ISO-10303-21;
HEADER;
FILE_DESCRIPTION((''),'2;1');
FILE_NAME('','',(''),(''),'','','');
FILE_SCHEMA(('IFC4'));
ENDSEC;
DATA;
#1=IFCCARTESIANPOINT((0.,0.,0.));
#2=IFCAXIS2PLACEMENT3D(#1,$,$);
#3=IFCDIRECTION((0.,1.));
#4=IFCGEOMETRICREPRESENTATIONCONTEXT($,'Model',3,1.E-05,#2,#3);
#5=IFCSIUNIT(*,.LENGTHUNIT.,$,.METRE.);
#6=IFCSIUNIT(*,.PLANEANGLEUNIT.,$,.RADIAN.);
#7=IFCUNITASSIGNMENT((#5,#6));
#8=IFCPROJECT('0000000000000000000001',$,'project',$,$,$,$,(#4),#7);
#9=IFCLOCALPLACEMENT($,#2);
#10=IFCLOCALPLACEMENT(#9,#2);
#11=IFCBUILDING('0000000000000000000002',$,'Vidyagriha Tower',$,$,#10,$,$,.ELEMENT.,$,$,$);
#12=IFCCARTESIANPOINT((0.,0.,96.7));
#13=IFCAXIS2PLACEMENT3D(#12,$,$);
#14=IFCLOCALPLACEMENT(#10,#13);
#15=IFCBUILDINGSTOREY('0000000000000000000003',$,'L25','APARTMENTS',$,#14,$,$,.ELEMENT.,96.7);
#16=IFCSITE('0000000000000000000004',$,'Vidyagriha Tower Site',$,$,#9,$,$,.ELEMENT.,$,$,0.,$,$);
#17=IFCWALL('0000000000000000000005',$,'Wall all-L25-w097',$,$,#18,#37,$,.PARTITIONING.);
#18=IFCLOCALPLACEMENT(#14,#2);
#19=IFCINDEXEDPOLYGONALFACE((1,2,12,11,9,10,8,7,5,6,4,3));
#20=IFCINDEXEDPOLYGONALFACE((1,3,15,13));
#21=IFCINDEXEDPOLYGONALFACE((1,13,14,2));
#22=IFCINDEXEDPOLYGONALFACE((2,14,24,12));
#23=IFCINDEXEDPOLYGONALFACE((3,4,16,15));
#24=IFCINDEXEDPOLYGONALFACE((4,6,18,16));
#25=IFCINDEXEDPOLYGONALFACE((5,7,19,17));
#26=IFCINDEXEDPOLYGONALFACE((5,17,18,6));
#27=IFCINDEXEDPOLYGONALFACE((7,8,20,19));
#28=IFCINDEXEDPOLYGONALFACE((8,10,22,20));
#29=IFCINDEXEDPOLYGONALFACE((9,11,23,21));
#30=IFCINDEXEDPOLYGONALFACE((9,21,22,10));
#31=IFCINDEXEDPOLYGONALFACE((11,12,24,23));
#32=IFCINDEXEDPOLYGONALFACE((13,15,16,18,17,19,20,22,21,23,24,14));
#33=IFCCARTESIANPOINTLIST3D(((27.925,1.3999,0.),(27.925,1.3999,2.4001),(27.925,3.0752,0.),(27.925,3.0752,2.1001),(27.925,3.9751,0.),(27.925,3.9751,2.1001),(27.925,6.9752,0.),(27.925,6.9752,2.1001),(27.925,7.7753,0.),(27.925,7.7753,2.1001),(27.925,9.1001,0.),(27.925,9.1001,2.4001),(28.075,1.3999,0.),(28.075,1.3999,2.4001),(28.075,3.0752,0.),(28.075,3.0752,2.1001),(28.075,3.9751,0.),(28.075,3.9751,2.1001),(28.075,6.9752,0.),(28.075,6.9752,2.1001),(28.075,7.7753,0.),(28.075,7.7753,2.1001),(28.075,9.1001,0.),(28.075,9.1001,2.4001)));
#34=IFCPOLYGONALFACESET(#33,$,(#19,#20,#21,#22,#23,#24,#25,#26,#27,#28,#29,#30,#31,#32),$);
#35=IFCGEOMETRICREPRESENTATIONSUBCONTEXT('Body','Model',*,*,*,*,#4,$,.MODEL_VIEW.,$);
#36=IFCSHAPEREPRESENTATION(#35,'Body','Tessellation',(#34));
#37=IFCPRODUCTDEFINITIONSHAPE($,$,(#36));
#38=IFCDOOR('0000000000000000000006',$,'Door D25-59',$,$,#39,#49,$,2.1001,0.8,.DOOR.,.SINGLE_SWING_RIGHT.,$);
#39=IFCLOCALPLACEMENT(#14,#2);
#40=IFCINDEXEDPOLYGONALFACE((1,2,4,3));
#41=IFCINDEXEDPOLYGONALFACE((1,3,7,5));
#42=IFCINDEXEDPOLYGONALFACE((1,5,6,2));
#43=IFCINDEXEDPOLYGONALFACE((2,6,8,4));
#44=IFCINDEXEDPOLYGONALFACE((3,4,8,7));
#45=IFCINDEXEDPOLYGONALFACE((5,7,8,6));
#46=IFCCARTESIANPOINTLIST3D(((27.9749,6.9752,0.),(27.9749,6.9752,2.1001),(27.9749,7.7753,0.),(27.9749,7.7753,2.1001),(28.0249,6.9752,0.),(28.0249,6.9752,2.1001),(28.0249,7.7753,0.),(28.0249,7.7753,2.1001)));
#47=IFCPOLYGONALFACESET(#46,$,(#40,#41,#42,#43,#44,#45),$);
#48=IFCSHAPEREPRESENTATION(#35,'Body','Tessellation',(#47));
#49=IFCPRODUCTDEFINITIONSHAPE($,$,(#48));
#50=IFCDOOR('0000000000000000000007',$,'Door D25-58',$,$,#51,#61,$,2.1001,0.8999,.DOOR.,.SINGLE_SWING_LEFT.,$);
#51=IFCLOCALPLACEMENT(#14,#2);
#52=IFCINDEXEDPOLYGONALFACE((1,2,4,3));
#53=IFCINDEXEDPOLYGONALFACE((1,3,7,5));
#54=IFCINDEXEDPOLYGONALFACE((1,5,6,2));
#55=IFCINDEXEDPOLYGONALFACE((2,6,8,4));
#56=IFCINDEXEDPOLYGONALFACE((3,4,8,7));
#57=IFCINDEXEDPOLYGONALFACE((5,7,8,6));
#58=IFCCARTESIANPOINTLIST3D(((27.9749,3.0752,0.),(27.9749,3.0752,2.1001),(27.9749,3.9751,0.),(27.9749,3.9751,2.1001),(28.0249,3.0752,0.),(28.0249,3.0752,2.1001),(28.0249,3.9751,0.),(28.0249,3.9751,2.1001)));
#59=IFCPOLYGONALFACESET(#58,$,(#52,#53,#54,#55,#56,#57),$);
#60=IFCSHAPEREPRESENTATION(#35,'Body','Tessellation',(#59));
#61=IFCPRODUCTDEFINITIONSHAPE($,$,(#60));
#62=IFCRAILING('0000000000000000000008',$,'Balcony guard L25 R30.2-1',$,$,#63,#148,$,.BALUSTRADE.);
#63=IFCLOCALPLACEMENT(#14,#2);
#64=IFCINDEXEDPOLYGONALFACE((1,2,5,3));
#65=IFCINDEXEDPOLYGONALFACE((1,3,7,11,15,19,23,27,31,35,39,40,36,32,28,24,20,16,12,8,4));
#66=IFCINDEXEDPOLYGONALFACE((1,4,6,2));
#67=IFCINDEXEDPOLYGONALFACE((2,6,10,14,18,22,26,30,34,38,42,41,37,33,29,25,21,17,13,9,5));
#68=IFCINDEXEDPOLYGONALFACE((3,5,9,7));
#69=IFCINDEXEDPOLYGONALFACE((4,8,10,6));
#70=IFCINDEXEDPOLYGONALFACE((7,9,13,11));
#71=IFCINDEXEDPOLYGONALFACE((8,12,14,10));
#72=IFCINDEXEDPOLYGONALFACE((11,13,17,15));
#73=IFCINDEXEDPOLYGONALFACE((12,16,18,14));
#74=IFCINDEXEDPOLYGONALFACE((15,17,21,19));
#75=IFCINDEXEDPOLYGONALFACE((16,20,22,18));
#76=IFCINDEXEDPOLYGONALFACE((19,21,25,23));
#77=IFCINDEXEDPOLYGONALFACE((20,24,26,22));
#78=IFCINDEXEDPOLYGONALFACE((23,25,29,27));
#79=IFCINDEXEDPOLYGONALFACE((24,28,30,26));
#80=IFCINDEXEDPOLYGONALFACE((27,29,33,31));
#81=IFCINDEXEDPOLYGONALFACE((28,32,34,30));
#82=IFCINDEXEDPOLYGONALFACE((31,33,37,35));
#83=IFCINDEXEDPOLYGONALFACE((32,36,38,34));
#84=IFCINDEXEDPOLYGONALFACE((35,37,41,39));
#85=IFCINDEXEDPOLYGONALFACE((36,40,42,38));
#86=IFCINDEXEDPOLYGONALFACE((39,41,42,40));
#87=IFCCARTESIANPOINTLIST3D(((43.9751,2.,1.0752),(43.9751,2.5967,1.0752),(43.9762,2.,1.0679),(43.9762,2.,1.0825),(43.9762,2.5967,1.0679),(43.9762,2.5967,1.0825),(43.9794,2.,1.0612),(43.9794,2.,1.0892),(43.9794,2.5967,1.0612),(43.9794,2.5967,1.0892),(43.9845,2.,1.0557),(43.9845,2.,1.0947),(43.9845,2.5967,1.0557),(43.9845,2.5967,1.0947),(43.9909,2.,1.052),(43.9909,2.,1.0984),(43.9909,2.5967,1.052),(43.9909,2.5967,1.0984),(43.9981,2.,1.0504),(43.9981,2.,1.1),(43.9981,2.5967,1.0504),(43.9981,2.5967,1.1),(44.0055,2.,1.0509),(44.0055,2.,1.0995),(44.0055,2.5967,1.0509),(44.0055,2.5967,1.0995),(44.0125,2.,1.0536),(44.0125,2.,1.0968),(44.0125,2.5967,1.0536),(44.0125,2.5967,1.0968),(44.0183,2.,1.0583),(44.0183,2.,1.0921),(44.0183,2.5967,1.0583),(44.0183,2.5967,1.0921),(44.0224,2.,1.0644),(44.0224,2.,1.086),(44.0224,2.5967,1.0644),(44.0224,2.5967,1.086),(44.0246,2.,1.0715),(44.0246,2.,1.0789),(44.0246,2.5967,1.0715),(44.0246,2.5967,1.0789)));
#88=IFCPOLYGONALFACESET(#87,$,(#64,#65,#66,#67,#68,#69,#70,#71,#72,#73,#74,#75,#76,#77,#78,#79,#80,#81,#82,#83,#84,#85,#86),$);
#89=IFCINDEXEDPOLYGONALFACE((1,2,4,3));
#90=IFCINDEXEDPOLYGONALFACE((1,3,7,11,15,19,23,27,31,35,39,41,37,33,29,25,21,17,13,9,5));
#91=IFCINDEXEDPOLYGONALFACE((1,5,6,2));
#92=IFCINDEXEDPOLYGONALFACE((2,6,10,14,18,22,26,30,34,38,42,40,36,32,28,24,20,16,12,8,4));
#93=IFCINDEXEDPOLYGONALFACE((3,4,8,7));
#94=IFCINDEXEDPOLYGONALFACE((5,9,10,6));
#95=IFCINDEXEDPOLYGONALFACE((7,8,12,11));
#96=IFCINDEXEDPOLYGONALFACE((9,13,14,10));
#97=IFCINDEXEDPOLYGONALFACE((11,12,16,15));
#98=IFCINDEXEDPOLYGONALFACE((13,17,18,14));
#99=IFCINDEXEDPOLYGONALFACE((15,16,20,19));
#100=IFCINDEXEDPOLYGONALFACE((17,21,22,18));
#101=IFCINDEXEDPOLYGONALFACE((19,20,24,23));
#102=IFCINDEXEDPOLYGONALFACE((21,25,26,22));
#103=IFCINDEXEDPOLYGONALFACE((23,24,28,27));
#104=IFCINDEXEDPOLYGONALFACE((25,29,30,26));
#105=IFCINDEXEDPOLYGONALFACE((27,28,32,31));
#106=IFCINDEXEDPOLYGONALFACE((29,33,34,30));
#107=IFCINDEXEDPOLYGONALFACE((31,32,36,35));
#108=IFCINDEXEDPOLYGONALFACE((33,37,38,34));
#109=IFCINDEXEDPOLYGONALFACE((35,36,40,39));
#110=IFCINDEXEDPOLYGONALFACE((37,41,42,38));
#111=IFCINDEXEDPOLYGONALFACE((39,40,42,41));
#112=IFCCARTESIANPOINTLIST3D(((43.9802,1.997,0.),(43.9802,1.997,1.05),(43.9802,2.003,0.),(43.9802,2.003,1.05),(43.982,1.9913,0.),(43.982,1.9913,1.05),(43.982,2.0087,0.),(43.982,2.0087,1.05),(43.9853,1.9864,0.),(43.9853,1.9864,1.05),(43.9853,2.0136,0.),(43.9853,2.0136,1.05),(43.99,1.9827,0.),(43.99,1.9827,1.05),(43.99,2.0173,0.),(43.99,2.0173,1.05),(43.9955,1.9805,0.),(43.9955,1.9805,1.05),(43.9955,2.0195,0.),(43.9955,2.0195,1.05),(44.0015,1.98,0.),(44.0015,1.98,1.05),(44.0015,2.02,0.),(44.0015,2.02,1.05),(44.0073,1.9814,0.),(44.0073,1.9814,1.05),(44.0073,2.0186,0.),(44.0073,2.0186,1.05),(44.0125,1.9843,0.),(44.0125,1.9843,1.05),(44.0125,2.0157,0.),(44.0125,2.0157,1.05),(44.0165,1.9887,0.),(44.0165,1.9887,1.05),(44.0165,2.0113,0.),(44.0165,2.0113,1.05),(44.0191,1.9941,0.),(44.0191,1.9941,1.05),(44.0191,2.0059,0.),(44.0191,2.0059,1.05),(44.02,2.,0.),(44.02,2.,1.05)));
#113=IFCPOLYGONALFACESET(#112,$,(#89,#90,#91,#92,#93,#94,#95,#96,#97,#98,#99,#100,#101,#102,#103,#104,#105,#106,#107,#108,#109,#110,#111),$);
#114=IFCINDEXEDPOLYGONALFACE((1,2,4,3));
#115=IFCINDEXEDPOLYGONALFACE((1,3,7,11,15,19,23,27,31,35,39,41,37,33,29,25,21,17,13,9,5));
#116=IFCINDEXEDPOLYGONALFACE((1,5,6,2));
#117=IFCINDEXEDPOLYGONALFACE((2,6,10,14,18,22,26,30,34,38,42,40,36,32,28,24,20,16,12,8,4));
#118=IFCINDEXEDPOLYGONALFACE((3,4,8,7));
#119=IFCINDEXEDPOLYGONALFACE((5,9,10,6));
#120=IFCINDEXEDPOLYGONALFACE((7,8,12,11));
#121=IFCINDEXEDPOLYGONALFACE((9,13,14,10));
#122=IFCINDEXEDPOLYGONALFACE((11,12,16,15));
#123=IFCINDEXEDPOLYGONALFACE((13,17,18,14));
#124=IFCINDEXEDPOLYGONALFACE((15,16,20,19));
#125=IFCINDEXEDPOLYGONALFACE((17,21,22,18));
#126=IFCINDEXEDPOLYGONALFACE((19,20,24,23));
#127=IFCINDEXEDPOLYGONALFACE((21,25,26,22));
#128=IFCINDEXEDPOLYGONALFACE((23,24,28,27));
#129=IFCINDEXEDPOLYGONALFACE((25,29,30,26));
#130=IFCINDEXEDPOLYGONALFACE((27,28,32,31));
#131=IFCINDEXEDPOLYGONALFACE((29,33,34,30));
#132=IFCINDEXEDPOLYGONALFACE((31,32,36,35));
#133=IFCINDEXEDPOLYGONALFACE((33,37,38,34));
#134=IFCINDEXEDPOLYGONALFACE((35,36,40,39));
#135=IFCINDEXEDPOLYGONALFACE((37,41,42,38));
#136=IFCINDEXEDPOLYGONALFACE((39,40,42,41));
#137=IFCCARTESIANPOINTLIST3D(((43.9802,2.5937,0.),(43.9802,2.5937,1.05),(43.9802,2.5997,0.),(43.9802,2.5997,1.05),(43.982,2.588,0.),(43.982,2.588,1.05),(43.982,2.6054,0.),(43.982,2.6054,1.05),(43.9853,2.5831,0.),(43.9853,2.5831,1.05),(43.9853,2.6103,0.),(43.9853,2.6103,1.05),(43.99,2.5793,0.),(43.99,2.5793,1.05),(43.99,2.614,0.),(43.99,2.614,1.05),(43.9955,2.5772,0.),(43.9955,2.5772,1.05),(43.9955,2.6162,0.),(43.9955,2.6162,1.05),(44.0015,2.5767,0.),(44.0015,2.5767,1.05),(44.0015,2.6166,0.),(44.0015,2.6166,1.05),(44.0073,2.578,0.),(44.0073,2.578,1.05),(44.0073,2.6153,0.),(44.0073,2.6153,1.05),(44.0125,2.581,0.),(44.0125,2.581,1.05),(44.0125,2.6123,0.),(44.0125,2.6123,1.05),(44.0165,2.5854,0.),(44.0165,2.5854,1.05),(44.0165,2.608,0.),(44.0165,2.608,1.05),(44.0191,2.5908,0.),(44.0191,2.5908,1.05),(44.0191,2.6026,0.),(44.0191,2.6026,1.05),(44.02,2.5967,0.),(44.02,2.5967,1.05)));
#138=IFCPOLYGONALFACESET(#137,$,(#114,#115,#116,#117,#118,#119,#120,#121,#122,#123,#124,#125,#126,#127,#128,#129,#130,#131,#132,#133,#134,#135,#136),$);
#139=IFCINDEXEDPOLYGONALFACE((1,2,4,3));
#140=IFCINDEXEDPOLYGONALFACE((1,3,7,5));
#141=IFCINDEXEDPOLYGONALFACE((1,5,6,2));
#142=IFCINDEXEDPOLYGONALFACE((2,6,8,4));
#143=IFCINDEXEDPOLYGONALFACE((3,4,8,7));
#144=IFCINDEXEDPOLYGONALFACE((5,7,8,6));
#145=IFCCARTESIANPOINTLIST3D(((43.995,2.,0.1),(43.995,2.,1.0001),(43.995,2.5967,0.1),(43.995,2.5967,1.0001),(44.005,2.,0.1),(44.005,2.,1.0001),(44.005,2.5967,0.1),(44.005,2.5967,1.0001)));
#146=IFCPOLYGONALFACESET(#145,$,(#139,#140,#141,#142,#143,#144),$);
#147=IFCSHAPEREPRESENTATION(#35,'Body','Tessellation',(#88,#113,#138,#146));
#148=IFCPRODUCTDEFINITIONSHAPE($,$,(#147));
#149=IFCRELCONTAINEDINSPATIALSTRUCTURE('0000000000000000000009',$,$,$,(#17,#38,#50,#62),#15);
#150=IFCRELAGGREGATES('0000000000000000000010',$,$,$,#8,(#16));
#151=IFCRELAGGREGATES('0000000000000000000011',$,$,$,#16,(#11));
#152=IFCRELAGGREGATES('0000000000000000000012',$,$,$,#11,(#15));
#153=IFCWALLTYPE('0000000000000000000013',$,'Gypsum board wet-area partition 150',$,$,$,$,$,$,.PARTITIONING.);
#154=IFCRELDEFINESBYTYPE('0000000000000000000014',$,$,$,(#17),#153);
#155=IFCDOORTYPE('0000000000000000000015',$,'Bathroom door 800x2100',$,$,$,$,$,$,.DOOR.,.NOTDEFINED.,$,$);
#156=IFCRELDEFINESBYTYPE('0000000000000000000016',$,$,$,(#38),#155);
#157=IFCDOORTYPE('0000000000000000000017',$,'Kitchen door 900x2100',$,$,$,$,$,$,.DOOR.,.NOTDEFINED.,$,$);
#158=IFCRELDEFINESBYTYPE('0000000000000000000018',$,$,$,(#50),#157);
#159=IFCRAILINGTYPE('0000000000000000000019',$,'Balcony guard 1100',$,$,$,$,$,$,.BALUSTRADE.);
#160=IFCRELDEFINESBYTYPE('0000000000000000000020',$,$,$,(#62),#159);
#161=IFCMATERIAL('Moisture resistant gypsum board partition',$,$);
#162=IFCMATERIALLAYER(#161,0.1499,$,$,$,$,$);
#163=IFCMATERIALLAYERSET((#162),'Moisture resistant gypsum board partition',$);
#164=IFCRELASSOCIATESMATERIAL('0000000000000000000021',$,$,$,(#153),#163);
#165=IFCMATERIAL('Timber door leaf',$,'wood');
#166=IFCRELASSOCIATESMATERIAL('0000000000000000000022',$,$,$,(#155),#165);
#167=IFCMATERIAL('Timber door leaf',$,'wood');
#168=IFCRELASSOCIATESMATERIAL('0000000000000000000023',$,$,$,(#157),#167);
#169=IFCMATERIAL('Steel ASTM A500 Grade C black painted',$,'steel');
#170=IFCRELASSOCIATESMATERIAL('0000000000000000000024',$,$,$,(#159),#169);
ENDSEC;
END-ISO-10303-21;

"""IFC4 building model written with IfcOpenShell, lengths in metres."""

from ifc_helpers import new_model, si_unit, direction, frame, frame_2d, origin, origin_2d, place, context, subcontext, project, spatial, rectangle, circle, extrude, material, layer, layer_set, type_object, element, fill, save


model = new_model("IFC4")

# Units and contexts
model_context = context("Model", 3, precision=1e-05, world=origin(), true_north=direction((0.0, 1.0)))
body_context = subcontext(model_context, "Body", "Model", "MODEL_VIEW")
ifc_project = project(units=[si_unit("LENGTHUNIT", "METRE"), si_unit("PLANEANGLEUNIT", "RADIAN")], contexts=[model_context])

# Site, building, storey
site_placement = place(None, origin())
site = spatial("IfcSite", under=ifc_project, at=site_placement, Name="Vidyagriha Tower Site", CompositionType="ELEMENT", RefElevation=0.0)
building_placement = place(site_placement, origin())
building = spatial("IfcBuilding", under=site, at=building_placement, Name="Vidyagriha Tower", CompositionType="ELEMENT")
storey_placement = place(building_placement, frame((0.0, 0.0, 96.7)))
storey = spatial("IfcBuildingStorey", under=building, at=storey_placement, Name="L25", Description="APARTMENTS", CompositionType="ELEMENT", Elevation=96.7)

# Wall, openings, doors
ifc_material_1 = material(Name="Moisture resistant gypsum board partition")
ifc_layer_1 = layer(ifc_material_1, 0.1499)
ifc_layer_set_1 = layer_set([ifc_layer_1], Name="Moisture resistant gypsum board partition")
wall_type_1 = type_object("IfcWallType", Name="Gypsum board wet-area partition 150", PredefinedType="PARTITIONING", material=ifc_layer_set_1)
wall_1_placement = place(storey_placement, frame((28.0, 9.1001, 0.0), z_axis=(0.0, 0.0, 1.0), x_axis=(0.0, -1.0, 0.0)))
wall_1 = element("IfcWall", 1, at=wall_1_placement, inside=storey, type_object=wall_type_1, Name="Wall all-L25-w097", PredefinedType="PARTITIONING", context=body_context, shape_type="SweptSolid", body=[
    extrude(rectangle(XDim=7.7002, YDim=0.1499, at=frame_2d((3.8501, 0.0))), origin(), (0.0, 0.0, 1.0), 2.4001),
])
opening_1_placement = place(wall_1_placement, frame((5.125, 0.0, 0.0)))
opening_1 = element("IfcOpeningElement", 2, at=opening_1_placement, cuts=wall_1, PredefinedType="OPENING", context=body_context, shape_type="SweptSolid", body=[
    extrude(rectangle(XDim=0.8999, YDim=2.1001, at=frame_2d((0.45, 1.05))), frame((0.0, 0.085, 0.0), z_axis=(0.0, -1.0, 0.0), x_axis=(1.0, 0.0, 0.0)), (0.0, 0.0, 1.0), 0.1699),
])
opening_2_placement = place(wall_1_placement, frame((1.325, 0.0, 0.0)))
opening_2 = element("IfcOpeningElement", 3, at=opening_2_placement, cuts=wall_1, PredefinedType="OPENING", context=body_context, shape_type="SweptSolid", body=[
    extrude(rectangle(XDim=0.8, YDim=2.1001, at=frame_2d((0.3999, 1.05))), frame((0.0, 0.085, 0.0), z_axis=(0.0, -1.0, 0.0), x_axis=(1.0, 0.0, 0.0)), (0.0, 0.0, 1.0), 0.1699),
])
ifc_material_2 = material(Name="Timber door leaf", Category="wood")
door_type_1 = type_object("IfcDoorType", Name="Bathroom door 800x2100", OperationType="NOTDEFINED", PredefinedType="DOOR", material=ifc_material_2)
door_1_placement = place(opening_2_placement, origin())
door_1 = element("IfcDoor", 4, at=door_1_placement, inside=storey, type_object=door_type_1, Name="Door D25-59", OperationType="SINGLE_SWING_RIGHT", OverallHeight=2.1001, OverallWidth=0.8, PredefinedType="DOOR", context=body_context, shape_type="SweptSolid", body=[
    extrude(rectangle(XDim=0.8, YDim=2.1001, at=frame_2d((0.3999, 1.05))), frame((0.0, 0.0249, 0.0), z_axis=(0.0, -1.0, 0.0), x_axis=(1.0, 0.0, 0.0)), (0.0, 0.0, 1.0), 0.05),
])
fill(opening_2, door_1)
ifc_material_3 = material(Name="Timber door leaf", Category="wood")
door_type_2 = type_object("IfcDoorType", Name="Kitchen door 900x2100", OperationType="NOTDEFINED", PredefinedType="DOOR", material=ifc_material_3)
door_2_placement = place(opening_1_placement, origin())
door_2 = element("IfcDoor", 5, at=door_2_placement, inside=storey, type_object=door_type_2, Name="Door D25-58", OperationType="SINGLE_SWING_LEFT", OverallHeight=2.1001, OverallWidth=0.8999, PredefinedType="DOOR", context=body_context, shape_type="SweptSolid", body=[
    extrude(rectangle(XDim=0.8999, YDim=2.1001, at=frame_2d((0.45, 1.05))), frame((0.0, 0.0249, 0.0), z_axis=(0.0, -1.0, 0.0), x_axis=(1.0, 0.0, 0.0)), (0.0, 0.0, 1.0), 0.05),
])
fill(opening_1, door_2)

# Railing
ifc_material_4 = material(Name="Steel ASTM A500 Grade C black painted", Category="steel")
railing_type_1 = type_object("IfcRailingType", Name="Balcony guard 1100", PredefinedType="BALUSTRADE", material=ifc_material_4)
railing_1_placement = place(storey_placement, frame((44.0, 2.0, 0.0)))
element("IfcRailing", 6, at=railing_1_placement, inside=storey, type_object=railing_type_1, Name="Balcony guard L25 R30.2-1", PredefinedType="BALUSTRADE", context=body_context, shape_type="SweptSolid", body=[
    extrude(circle(Radius=0.0249, at=origin_2d()), frame((0.0, 0.0, 1.0752), z_axis=(0.0, 1.0, 0.0), x_axis=(-1.0, 0.0, 0.0)), (0.0, 0.0, 1.0), 0.5967),
    extrude(circle(Radius=0.02, at=origin_2d()), origin(), (0.0, 0.0, 1.0), 1.05),
    extrude(circle(Radius=0.02, at=origin_2d()), frame((0.0, 0.5967, 0.0)), (0.0, 0.0, 1.0), 1.05),
    extrude(rectangle(XDim=0.01, YDim=0.9001, at=origin_2d()), frame((0.0, 0.0, 0.55), z_axis=(0.0, 1.0, 0.0), x_axis=(-1.0, 0.0, 0.0)), (0.0, 0.0, 1.0), 0.5967),
])

save(model, "model.ifc")
